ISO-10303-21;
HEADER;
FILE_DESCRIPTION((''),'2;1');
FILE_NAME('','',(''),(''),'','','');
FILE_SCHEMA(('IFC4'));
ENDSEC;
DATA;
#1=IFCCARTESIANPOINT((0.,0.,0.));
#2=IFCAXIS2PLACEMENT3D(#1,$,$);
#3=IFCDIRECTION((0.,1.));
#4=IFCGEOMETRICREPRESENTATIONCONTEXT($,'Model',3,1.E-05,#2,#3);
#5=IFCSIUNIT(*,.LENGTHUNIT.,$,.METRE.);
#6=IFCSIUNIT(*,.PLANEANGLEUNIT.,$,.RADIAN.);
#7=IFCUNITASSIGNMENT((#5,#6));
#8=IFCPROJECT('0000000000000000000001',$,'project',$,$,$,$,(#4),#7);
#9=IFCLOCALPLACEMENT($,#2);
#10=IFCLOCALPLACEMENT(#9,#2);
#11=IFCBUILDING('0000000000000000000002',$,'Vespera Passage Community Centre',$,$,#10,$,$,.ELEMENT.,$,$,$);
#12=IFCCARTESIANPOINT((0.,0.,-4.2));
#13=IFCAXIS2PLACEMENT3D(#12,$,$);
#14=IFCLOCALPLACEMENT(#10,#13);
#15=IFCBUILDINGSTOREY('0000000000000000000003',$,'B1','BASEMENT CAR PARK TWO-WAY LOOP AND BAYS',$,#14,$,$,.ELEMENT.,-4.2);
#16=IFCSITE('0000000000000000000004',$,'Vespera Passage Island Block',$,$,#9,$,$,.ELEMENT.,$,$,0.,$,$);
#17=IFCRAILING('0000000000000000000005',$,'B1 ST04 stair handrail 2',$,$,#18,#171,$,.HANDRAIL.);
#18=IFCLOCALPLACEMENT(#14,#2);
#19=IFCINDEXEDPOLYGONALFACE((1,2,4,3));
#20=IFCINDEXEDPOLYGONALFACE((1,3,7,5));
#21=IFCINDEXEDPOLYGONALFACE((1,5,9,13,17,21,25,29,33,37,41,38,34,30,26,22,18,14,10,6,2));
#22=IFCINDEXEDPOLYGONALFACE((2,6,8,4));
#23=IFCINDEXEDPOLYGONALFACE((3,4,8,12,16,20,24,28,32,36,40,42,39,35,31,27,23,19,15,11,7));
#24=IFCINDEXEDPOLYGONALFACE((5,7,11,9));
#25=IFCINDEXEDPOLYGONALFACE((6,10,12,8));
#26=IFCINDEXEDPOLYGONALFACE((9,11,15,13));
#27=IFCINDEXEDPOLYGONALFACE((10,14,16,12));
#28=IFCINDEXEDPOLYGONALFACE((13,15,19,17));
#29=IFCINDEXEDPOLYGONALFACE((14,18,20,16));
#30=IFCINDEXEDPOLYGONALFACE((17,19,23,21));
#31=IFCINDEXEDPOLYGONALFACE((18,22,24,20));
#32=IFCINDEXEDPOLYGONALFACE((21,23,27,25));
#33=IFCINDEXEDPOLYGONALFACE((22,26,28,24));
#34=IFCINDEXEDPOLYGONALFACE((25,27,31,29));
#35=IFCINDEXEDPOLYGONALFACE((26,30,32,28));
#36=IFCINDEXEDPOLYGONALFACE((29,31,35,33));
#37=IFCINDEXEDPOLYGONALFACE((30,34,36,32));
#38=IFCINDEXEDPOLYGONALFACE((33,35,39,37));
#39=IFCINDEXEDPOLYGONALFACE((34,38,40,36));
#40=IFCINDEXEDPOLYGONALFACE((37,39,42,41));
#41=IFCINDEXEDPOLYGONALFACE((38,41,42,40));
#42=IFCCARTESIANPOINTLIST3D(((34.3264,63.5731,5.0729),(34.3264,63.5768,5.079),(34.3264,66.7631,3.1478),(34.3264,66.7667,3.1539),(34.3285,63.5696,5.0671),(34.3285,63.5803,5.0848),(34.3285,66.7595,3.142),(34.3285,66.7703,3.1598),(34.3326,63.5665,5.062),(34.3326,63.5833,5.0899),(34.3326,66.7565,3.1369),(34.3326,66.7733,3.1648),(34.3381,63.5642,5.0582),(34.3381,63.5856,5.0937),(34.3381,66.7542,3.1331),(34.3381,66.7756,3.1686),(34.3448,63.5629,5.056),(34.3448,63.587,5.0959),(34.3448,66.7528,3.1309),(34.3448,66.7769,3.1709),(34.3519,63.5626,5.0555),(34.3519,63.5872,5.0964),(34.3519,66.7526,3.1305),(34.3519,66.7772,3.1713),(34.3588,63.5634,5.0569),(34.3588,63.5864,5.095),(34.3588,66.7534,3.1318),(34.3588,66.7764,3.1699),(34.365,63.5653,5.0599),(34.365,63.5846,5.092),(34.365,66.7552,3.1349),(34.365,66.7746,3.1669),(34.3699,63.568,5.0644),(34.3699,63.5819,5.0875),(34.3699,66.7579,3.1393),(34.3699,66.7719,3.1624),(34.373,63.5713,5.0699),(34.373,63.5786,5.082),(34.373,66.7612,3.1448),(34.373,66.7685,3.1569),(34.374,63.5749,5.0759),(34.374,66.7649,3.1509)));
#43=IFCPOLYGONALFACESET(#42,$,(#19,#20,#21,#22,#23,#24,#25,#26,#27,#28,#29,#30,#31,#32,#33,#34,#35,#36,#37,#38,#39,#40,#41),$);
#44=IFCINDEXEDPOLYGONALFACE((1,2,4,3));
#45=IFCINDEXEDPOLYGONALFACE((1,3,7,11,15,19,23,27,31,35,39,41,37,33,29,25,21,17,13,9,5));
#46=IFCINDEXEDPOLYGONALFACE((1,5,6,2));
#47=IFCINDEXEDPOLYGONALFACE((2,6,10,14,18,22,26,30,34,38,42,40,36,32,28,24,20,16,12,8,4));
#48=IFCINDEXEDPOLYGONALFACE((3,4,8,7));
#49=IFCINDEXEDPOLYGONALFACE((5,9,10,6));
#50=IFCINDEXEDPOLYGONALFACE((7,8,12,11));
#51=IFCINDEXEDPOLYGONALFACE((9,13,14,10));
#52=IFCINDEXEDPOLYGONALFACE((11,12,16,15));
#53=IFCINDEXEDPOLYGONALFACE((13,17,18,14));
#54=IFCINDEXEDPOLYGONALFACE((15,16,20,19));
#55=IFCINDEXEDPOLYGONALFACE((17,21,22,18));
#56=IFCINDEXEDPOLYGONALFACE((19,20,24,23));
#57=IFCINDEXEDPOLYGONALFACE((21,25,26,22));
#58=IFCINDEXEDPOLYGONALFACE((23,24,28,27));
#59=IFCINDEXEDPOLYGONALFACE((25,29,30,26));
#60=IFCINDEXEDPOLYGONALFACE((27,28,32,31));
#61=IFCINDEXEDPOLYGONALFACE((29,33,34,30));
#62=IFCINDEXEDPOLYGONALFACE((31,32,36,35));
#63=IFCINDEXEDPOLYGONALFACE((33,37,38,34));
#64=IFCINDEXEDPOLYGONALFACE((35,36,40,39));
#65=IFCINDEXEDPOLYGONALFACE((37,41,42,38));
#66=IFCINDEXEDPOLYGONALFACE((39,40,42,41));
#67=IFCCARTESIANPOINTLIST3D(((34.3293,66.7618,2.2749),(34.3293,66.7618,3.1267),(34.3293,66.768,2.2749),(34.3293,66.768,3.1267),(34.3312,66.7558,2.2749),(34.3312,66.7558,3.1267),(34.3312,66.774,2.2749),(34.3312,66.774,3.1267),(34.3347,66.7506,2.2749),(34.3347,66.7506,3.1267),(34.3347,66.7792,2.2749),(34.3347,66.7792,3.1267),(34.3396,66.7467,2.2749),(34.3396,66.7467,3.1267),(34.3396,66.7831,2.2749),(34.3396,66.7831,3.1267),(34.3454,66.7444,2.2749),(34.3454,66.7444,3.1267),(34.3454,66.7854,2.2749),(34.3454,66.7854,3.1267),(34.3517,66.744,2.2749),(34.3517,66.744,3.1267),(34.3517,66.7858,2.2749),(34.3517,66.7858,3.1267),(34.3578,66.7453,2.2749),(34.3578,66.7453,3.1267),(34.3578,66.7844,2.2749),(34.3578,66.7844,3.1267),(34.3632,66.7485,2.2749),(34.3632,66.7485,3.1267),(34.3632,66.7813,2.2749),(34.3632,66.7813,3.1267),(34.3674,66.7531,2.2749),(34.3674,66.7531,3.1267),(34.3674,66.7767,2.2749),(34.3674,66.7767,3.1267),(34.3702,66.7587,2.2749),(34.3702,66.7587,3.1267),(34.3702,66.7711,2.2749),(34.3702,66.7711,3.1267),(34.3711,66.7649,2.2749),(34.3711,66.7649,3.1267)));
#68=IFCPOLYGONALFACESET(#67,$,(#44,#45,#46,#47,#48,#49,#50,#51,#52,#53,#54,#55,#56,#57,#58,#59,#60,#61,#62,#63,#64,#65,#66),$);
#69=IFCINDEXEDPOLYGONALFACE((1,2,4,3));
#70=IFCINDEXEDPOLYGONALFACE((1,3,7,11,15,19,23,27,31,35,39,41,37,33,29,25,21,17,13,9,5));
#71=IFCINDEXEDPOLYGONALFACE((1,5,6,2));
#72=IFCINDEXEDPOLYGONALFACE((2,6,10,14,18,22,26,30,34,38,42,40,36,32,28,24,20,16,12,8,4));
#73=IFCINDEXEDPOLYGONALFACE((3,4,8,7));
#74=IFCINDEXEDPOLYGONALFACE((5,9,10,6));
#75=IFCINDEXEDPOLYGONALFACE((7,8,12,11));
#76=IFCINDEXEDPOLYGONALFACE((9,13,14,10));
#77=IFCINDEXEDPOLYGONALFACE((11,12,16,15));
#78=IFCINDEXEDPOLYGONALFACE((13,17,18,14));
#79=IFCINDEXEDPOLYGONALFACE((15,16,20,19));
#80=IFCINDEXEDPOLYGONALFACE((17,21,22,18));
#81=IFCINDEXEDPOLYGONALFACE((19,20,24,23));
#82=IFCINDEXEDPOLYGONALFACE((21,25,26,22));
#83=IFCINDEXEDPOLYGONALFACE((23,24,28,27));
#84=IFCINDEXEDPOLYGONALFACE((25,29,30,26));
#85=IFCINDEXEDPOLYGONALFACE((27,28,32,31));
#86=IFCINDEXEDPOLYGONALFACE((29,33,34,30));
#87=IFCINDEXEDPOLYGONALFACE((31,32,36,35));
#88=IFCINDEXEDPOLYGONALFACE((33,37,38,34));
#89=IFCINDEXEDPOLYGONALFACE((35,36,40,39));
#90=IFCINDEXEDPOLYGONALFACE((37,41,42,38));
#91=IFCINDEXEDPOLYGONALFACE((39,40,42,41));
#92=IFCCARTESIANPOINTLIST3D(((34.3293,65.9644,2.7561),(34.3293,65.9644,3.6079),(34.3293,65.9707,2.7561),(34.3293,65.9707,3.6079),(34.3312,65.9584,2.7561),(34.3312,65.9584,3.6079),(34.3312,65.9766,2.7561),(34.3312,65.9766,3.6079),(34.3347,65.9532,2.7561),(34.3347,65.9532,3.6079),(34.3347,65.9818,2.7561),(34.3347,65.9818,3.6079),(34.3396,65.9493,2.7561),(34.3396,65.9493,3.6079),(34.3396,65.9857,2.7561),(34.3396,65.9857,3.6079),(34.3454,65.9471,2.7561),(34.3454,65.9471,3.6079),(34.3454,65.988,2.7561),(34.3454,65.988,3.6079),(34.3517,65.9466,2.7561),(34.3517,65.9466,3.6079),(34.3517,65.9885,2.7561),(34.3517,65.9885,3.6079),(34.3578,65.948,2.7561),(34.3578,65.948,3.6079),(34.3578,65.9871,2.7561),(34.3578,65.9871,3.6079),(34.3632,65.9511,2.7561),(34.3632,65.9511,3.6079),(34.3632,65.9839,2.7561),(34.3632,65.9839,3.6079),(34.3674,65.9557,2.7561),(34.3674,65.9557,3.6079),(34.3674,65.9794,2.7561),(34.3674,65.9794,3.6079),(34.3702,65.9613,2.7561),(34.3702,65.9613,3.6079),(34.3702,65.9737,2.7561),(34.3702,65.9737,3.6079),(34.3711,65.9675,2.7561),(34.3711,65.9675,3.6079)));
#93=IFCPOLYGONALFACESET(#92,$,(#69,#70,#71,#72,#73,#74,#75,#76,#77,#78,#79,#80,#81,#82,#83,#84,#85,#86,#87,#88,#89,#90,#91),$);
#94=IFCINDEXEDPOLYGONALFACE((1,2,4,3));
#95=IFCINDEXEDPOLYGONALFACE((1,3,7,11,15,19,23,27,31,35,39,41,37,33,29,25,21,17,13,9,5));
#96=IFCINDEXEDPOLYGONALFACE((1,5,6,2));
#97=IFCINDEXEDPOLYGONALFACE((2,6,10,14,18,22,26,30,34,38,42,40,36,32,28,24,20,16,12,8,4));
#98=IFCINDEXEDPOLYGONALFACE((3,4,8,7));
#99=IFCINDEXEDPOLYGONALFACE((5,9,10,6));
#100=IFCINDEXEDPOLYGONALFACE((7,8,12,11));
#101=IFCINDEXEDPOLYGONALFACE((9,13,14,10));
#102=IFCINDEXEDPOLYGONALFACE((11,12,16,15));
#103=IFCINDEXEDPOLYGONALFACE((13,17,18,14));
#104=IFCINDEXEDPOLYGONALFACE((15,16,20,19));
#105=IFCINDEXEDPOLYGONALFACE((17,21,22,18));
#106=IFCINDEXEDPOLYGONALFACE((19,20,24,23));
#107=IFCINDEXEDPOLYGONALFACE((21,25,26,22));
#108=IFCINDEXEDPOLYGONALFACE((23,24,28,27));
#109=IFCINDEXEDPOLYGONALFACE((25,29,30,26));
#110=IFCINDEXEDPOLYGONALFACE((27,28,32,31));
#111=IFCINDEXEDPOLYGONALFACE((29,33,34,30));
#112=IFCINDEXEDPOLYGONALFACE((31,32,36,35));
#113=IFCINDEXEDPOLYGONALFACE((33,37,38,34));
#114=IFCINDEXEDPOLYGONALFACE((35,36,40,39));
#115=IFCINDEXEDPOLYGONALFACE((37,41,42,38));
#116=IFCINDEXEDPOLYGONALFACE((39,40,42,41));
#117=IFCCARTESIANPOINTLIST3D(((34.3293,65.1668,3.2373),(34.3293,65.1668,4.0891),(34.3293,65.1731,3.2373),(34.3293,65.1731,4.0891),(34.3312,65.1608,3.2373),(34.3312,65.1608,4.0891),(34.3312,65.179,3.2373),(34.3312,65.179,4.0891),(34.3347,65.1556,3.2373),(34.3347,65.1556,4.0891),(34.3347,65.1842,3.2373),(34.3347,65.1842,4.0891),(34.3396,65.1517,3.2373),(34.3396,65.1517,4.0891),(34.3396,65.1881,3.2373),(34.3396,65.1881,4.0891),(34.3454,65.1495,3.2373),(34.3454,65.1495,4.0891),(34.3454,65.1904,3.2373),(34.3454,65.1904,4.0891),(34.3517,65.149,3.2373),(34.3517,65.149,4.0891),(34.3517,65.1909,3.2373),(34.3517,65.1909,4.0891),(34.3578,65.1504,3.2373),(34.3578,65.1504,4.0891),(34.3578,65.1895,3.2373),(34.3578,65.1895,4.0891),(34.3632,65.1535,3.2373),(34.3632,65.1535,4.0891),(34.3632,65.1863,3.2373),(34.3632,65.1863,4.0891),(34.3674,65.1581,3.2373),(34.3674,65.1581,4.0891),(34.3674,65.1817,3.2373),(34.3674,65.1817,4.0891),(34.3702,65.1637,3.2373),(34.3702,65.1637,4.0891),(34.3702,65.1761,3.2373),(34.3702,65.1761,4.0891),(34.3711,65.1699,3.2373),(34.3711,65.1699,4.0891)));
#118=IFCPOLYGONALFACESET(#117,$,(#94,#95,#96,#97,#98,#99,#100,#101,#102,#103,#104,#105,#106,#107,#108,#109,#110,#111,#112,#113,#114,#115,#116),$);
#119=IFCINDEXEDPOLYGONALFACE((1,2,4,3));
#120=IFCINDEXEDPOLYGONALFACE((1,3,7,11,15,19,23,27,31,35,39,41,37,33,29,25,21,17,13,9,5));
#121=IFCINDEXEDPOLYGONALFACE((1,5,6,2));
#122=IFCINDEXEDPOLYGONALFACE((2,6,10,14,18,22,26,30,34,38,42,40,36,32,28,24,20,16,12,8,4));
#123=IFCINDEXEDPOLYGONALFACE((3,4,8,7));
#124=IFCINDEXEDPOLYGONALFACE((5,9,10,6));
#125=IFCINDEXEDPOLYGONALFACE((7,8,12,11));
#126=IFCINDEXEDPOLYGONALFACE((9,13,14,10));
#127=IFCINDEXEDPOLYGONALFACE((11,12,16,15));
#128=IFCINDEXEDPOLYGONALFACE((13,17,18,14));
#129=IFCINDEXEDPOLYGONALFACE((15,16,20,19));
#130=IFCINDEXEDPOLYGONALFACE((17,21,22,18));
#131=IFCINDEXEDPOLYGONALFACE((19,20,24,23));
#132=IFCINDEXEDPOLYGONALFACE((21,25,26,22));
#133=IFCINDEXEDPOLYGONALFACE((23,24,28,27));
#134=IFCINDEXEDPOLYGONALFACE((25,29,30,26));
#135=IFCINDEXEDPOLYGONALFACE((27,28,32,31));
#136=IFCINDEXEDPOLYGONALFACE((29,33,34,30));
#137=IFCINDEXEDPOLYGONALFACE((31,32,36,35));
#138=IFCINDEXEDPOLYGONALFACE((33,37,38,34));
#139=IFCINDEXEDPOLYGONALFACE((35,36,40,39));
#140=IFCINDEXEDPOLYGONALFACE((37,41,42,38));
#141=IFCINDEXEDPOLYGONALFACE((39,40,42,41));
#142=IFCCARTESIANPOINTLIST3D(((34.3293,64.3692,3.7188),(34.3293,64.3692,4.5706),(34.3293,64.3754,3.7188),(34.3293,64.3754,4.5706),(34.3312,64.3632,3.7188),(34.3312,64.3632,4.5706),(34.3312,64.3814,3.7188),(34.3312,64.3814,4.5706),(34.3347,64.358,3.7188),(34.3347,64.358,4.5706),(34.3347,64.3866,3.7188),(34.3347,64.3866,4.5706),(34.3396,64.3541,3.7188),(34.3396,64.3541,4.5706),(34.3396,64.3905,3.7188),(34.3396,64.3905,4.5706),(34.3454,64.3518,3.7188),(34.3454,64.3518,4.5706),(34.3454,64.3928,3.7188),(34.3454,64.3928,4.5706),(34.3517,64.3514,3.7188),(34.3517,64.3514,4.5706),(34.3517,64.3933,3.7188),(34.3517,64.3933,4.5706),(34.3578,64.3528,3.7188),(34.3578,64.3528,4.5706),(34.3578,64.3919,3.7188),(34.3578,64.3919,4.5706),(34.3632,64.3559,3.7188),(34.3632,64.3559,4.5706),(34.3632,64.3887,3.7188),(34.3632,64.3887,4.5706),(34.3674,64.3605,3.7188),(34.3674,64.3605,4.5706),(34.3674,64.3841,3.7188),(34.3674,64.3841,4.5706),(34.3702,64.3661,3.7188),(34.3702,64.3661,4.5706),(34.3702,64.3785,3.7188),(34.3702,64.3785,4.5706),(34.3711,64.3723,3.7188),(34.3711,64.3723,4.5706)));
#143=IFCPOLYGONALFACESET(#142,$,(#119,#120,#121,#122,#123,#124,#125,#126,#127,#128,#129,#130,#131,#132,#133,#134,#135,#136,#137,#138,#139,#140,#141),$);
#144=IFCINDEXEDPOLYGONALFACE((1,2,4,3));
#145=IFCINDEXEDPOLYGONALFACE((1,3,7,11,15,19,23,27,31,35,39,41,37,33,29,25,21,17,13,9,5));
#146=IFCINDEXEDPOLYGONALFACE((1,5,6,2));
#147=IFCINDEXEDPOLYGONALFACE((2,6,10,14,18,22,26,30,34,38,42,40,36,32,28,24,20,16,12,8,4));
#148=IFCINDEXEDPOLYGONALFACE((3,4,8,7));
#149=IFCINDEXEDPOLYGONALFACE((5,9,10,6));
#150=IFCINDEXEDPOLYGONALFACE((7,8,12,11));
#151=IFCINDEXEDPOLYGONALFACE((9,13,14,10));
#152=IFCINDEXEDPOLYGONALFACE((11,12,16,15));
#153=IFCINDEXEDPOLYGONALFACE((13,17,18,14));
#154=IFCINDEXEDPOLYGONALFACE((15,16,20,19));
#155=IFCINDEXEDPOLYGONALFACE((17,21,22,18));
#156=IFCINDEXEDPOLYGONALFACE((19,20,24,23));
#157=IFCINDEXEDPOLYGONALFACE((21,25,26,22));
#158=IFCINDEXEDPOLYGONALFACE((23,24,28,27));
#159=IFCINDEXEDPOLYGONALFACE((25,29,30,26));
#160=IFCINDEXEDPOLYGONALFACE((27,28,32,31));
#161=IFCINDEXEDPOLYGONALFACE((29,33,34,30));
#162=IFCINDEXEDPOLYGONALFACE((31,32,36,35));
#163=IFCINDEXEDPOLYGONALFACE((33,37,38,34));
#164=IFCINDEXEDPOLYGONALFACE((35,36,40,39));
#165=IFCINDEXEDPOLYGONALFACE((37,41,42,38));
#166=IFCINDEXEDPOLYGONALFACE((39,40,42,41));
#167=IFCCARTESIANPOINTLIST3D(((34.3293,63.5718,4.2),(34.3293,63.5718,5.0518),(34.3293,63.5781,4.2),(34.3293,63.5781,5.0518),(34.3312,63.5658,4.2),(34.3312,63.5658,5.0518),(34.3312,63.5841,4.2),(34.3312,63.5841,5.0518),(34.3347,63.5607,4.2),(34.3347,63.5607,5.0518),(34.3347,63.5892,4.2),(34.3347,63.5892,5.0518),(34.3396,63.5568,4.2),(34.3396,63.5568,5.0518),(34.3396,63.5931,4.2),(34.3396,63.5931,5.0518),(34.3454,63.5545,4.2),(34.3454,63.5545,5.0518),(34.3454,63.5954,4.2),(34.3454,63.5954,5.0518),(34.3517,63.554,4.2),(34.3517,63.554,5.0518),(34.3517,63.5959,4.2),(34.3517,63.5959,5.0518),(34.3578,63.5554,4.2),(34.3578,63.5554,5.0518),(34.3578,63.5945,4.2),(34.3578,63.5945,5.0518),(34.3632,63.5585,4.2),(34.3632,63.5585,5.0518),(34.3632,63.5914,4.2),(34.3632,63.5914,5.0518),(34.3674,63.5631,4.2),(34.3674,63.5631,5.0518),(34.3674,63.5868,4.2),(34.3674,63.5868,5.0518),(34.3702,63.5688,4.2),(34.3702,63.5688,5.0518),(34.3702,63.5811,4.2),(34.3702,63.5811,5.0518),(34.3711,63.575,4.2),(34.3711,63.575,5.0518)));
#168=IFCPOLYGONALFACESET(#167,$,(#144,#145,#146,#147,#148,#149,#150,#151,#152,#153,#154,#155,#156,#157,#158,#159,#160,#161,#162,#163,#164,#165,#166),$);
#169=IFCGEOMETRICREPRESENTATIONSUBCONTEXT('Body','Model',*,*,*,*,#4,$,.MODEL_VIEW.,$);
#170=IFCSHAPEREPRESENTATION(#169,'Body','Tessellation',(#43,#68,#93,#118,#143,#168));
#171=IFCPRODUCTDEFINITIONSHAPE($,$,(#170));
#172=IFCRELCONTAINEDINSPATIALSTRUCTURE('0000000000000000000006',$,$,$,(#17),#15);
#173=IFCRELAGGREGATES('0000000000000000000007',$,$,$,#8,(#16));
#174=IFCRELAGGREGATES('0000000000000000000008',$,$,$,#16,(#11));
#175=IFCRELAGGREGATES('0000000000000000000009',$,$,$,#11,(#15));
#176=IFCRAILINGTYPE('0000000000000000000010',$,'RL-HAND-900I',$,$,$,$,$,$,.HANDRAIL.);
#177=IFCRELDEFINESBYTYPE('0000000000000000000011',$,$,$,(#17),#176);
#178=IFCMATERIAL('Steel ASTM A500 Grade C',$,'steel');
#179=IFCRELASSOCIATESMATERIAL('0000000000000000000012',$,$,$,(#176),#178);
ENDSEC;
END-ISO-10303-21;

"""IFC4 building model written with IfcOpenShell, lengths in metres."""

from ifc_helpers import new_model, si_unit, direction, frame, origin, origin_2d, place, context, subcontext, project, spatial, circle, extrude, material, type_object, element, save


model = new_model("IFC4")

# Units and contexts
model_context = context("Model", 3, precision=1e-05, world=origin(), true_north=direction((0.0, 1.0)))
body_context = subcontext(model_context, "Body", "Model", "MODEL_VIEW")
ifc_project = project(units=[si_unit("LENGTHUNIT", "METRE"), si_unit("PLANEANGLEUNIT", "RADIAN")], contexts=[model_context])

# Site, building, storey
site_placement = place(None, origin())
site = spatial("IfcSite", under=ifc_project, at=site_placement, Name="Vespera Passage Island Block", CompositionType="ELEMENT", RefElevation=0.0)
building_placement = place(site_placement, origin())
building = spatial("IfcBuilding", under=site, at=building_placement, Name="Vespera Passage Community Centre", CompositionType="ELEMENT")
storey_placement = place(building_placement, frame((0.0, 0.0, -4.2)))
storey = spatial("IfcBuildingStorey", under=building, at=storey_placement, Name="B1", Description="BASEMENT CAR PARK TWO-WAY LOOP AND BAYS", CompositionType="ELEMENT", Elevation=-4.2)

# Railing
ifc_material_1 = material(Name="Steel ASTM A500 Grade C", Category="steel")
railing_type_1 = type_object("IfcRailingType", Name="RL-HAND-900I", PredefinedType="HANDRAIL", material=ifc_material_1)
railing_1_placement = place(storey_placement, frame((34.3501, 66.7649, 2.2749)))
element("IfcRailing", 1, at=railing_1_placement, inside=storey, type_object=railing_type_1, Name="B1 ST04 stair handrail 2", PredefinedType="HANDRAIL", context=body_context, shape_type="SweptSolid", body=[
    extrude(circle(Radius=0.0239, at=origin_2d()), frame((0.0, 0.0, 0.876), z_axis=(0.0, -0.856178, 0.516682), x_axis=(1.0, 0.0, 0.0)), (0.0, 0.0, 1.0), 3.7258),
    extrude(circle(Radius=0.021, at=origin_2d()), origin(), (0.0, 0.0, 1.0), 0.8518),
    extrude(circle(Radius=0.021, at=origin_2d()), frame((0.0, -0.7974, 0.4812)), (0.0, 0.0, 1.0), 0.8518),
    extrude(circle(Radius=0.021, at=origin_2d()), frame((0.0, -1.595, 0.9624)), (0.0, 0.0, 1.0), 0.8518),
    extrude(circle(Radius=0.021, at=origin_2d()), frame((0.0, -2.3926, 1.4438)), (0.0, 0.0, 1.0), 0.8518),
    extrude(circle(Radius=0.021, at=origin_2d()), frame((0.0, -3.1899, 1.925)), (0.0, 0.0, 1.0), 0.8518),
])

save(model, "model.ifc")
